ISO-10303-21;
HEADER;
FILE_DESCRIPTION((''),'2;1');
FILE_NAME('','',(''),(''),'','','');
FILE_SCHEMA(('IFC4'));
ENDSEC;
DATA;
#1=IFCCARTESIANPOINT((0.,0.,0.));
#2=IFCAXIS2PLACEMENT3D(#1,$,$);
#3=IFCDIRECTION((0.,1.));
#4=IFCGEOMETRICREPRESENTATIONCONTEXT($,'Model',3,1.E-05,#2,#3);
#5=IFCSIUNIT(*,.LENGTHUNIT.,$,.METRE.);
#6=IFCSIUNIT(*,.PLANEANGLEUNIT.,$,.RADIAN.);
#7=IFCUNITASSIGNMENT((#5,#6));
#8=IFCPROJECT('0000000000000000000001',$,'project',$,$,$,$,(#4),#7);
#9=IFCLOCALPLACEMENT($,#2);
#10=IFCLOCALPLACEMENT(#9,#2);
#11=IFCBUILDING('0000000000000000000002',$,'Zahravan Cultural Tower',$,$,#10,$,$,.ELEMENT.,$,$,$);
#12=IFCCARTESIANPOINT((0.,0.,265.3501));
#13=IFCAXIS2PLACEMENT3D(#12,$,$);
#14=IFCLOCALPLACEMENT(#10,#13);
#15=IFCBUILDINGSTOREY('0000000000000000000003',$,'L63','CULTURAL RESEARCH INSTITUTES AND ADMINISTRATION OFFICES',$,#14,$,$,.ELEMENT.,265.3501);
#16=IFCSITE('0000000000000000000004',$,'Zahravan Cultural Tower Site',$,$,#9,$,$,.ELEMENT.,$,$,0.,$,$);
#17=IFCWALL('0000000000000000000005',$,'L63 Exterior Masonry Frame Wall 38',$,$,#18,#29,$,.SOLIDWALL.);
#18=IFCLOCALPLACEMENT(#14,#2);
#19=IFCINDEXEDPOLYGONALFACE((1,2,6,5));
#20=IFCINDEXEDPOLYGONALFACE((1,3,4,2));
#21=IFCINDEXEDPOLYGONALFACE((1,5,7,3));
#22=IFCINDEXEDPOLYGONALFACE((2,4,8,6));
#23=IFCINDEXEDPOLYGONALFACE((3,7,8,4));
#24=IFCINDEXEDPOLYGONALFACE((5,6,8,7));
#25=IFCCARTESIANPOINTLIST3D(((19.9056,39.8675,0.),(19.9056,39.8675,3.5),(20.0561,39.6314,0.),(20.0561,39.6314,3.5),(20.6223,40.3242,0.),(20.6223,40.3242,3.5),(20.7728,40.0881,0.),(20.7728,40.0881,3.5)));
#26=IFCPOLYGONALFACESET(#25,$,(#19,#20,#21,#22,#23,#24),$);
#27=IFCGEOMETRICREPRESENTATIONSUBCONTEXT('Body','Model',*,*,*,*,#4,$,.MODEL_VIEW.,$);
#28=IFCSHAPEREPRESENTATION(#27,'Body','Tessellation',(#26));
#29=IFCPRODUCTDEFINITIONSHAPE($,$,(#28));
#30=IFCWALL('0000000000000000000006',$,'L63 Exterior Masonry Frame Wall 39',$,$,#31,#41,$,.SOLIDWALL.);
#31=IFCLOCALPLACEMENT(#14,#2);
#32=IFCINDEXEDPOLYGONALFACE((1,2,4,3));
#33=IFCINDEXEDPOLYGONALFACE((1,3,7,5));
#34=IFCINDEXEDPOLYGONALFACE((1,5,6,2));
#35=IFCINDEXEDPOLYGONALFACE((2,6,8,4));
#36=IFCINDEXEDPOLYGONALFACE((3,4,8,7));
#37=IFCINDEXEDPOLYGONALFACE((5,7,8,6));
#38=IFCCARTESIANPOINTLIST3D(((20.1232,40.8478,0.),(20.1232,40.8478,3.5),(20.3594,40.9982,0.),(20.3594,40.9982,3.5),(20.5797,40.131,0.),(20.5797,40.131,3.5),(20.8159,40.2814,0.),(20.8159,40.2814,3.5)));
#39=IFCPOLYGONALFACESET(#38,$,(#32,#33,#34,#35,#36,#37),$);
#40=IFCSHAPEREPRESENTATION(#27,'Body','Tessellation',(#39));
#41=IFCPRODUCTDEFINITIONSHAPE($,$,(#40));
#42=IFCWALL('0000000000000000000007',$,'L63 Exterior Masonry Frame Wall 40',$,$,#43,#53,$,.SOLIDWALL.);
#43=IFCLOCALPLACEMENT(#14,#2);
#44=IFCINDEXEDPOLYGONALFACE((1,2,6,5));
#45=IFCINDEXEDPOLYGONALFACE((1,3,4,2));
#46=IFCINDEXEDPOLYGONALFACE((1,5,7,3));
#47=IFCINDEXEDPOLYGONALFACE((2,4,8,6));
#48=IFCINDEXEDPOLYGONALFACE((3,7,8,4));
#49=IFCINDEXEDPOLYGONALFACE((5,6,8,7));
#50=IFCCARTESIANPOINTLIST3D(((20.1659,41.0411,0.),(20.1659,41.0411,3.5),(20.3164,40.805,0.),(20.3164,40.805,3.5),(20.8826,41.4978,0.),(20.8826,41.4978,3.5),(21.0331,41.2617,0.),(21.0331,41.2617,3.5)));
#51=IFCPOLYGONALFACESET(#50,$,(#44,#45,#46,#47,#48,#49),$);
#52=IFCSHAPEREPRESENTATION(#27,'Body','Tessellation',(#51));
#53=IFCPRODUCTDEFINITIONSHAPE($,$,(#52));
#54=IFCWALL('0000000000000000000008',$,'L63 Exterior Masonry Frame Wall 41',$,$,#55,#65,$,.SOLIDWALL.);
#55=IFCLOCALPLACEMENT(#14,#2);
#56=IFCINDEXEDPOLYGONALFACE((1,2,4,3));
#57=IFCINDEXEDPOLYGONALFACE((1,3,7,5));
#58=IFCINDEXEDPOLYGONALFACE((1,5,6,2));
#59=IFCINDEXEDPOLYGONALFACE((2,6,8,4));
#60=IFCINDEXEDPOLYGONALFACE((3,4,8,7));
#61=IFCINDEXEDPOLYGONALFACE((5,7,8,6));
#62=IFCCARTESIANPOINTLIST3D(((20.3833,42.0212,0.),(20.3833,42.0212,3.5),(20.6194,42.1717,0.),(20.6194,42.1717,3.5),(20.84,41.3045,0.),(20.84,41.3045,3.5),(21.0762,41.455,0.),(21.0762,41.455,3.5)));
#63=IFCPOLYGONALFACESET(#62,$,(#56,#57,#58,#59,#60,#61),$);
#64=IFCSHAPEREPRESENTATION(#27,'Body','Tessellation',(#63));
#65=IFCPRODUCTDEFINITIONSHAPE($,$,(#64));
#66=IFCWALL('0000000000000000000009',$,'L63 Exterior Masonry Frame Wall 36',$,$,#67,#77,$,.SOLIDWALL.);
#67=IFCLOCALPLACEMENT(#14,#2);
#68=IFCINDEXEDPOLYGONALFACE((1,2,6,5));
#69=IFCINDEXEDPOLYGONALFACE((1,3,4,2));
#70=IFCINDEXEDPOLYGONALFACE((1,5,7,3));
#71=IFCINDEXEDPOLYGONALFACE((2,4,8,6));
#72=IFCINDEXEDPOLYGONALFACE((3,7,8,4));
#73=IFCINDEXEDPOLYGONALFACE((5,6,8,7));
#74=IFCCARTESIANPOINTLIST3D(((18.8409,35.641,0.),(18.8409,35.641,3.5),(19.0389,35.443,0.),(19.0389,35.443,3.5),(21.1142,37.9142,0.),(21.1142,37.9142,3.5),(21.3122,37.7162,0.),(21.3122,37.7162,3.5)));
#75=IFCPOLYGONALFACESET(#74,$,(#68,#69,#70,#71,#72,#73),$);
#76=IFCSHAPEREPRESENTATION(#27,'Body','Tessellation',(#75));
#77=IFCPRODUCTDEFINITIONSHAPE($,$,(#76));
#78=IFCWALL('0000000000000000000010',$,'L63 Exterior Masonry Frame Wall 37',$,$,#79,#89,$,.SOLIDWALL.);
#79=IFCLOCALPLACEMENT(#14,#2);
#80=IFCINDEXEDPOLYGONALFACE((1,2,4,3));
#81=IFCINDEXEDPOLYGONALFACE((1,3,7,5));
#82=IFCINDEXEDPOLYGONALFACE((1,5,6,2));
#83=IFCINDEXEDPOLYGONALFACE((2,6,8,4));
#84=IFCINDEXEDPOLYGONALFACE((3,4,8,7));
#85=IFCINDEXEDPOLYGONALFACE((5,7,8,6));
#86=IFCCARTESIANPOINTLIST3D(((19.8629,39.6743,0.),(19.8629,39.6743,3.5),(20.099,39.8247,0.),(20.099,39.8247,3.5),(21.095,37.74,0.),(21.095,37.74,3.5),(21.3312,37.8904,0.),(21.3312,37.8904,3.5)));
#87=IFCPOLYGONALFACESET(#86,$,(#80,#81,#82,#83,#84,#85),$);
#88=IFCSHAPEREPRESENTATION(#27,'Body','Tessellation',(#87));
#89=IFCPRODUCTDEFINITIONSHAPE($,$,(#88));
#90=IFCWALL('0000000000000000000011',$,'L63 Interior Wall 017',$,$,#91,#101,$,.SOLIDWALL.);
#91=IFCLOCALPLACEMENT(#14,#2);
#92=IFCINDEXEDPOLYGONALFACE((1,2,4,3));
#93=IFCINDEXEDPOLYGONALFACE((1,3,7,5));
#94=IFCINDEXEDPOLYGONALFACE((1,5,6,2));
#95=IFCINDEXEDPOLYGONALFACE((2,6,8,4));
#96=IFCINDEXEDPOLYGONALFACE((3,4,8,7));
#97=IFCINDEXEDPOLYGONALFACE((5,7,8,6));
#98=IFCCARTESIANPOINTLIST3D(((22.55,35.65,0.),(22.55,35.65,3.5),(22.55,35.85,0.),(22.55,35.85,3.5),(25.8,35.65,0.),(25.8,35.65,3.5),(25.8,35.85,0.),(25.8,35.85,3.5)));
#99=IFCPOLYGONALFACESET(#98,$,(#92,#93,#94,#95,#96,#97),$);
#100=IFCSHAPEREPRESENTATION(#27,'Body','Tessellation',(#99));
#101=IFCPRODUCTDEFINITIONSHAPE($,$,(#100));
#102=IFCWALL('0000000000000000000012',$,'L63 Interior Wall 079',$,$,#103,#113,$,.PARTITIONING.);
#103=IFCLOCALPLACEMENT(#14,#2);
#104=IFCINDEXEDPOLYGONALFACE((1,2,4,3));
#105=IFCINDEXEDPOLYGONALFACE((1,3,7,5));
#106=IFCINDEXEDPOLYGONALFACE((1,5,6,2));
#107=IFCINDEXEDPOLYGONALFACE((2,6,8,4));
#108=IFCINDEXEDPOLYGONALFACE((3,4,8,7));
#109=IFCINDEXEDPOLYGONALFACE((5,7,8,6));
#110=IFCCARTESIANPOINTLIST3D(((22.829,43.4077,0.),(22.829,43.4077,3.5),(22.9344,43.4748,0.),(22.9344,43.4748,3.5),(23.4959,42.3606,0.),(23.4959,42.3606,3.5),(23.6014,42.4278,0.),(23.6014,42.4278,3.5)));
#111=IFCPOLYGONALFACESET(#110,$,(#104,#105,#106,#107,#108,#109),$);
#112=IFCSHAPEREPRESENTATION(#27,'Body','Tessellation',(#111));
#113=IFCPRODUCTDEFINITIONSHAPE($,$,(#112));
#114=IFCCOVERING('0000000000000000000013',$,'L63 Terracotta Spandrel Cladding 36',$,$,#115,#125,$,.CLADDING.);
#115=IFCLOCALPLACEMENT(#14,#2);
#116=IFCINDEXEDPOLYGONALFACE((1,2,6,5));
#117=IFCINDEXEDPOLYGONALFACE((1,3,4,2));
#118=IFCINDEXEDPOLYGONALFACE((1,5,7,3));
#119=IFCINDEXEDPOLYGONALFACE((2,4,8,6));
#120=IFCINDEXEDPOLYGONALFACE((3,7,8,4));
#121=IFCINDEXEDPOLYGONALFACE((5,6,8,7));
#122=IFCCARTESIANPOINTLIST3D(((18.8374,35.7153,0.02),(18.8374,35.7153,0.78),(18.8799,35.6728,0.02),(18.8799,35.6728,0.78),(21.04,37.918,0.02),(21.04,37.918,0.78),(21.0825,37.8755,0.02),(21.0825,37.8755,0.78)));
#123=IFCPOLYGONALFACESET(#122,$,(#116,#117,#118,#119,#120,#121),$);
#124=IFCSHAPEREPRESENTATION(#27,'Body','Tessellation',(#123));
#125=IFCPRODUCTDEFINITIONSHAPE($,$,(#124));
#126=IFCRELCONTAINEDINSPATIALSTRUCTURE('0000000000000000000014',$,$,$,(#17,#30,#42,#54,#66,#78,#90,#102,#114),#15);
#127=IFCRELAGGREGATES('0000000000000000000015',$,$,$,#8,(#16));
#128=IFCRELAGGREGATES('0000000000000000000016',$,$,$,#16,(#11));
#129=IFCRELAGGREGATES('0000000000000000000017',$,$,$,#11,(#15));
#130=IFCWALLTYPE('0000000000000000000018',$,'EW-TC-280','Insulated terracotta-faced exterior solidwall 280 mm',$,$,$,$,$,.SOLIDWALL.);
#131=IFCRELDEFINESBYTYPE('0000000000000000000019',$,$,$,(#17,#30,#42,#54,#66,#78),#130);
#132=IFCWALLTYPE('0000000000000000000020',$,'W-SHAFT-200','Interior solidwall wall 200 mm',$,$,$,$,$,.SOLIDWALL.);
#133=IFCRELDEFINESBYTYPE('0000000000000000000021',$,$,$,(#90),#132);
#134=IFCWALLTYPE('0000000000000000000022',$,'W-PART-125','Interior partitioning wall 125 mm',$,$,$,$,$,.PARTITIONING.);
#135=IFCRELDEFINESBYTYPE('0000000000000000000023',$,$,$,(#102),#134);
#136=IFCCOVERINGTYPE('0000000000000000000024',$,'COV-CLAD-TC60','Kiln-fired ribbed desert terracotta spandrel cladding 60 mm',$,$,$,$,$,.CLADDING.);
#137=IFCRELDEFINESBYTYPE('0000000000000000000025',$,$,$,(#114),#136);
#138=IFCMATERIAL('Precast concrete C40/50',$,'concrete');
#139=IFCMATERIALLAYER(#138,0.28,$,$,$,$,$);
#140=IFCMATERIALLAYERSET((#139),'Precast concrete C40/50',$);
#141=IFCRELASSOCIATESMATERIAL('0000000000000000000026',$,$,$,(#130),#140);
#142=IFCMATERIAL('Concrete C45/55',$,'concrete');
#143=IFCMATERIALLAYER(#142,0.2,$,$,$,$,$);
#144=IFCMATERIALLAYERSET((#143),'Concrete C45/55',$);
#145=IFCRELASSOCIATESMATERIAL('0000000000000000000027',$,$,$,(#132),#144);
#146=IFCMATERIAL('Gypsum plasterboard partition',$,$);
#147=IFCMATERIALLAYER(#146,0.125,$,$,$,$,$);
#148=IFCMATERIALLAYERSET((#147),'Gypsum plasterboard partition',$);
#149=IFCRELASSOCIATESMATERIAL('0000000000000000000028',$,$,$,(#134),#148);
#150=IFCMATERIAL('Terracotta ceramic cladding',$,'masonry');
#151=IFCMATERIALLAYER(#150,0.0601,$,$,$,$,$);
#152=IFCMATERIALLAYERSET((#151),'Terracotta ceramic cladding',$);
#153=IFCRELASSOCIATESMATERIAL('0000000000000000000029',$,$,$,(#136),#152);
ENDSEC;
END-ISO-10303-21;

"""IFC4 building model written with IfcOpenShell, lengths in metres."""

from ifc_helpers import new_model, si_unit, direction, frame, frame_2d, origin, origin_2d, place, context, subcontext, project, spatial, rectangle, extrude, source, transform, mapped, material, layer, layer_set, type_object, element, save


model = new_model("IFC4")

# Units and contexts
model_context = context("Model", 3, precision=1e-05, world=origin(), true_north=direction((0.0, 1.0)))
body_context = subcontext(model_context, "Body", "Model", "MODEL_VIEW")
ifc_project = project(units=[si_unit("LENGTHUNIT", "METRE"), si_unit("PLANEANGLEUNIT", "RADIAN")], contexts=[model_context])

# Site, building, storey
site_placement = place(None, origin())
site = spatial("IfcSite", under=ifc_project, at=site_placement, Name="Zahravan Cultural Tower Site", CompositionType="ELEMENT", RefElevation=0.0)
building_placement = place(site_placement, origin())
building = spatial("IfcBuilding", under=site, at=building_placement, Name="Zahravan Cultural Tower", CompositionType="ELEMENT")
storey_placement = place(building_placement, frame((0.0, 0.0, 265.3501)))
storey = spatial("IfcBuildingStorey", under=building, at=storey_placement, Name="L63", Description="CULTURAL RESEARCH INSTITUTES AND ADMINISTRATION OFFICES", CompositionType="ELEMENT", Elevation=265.3501)

# Shared definitions
ifc_material_1 = material(Name="Precast concrete C40/50", Category="concrete")
ifc_layer_1 = layer(ifc_material_1, 0.28)
ifc_layer_set_1 = layer_set([ifc_layer_1], Name="Precast concrete C40/50")
wall_type_1 = type_object("IfcWallType", Name="EW-TC-280", Description="Insulated terracotta-faced exterior solidwall 280 mm", PredefinedType="SOLIDWALL", material=ifc_layer_set_1)

# Walls
shared_shape_1 = source(origin(), body_context, "Body", "SweptSolid", [
    extrude(rectangle(XDim=0.8499, YDim=0.28, at=frame_2d((0.4248, 0.0))), origin(), (0.0, 0.0, 1.0), 3.5),
])
for number, where, z_axis, x_axis, name in (
    (1, (19.981, 39.7495, 0.0), (0.0, 0.0, 1.0), (0.843318, 0.537414, 0.0), "L63 Exterior Masonry Frame Wall 38"),
    (2, (20.6978, 40.2063, 0.0), (0.0, 0.0, 1.0), (-0.53721, 0.843448, 0.0), "L63 Exterior Masonry Frame Wall 39"),
    (3, (20.2412, 40.9231, 0.0), (0.0, 0.0, 1.0), (0.843318, 0.537414, 0.0), "L63 Exterior Masonry Frame Wall 40"),
    (4, (20.958, 41.3799, 0.0), (0.0, 0.0, 1.0), (-0.537414, 0.843318, 0.0), "L63 Exterior Masonry Frame Wall 41"),
):
    element("IfcWall", number, at=place(storey_placement, frame(where, z_axis=z_axis, x_axis=x_axis)), inside=storey, type_object=wall_type_1, Name=name, PredefinedType="SOLIDWALL", context=body_context, shape_type="MappedRepresentation", body=[
        mapped(shared_shape_1, transform((0.0, 0.0, 0.0), x_axis=(1.0, 0.0, 0.0), y_axis=(0.0, 1.0, 0.0), z_axis=(0.0, 0.0, 1.0), scale=1.0)),
    ])
shared_shape_2 = source(origin(), body_context, "Body", "SweptSolid", [
    extrude(rectangle(XDim=3.2148, YDim=0.28, at=frame_2d((1.6074, 0.0))), origin(), (0.0, 0.0, 1.0), 3.5),
])
wall_1_placement = place(storey_placement, frame((18.9399, 35.542, 0.0), z_axis=(0.0, 0.0, 1.0), x_axis=(0.707107, 0.707107, 0.0)))
element("IfcWall", 5, at=wall_1_placement, inside=storey, type_object=wall_type_1, Name="L63 Exterior Masonry Frame Wall 36", PredefinedType="SOLIDWALL", context=body_context, shape_type="MappedRepresentation", body=[
    mapped(shared_shape_2, transform((0.0, 0.0, 0.0), x_axis=(1.0, 0.0, 0.0), y_axis=(0.0, 1.0, 0.0), z_axis=(0.0, 0.0, 1.0), scale=1.0)),
])
shared_shape_3 = source(origin(), body_context, "Body", "SweptSolid", [
    extrude(rectangle(XDim=2.2935, YDim=0.28, at=frame_2d((1.1467, 0.0))), origin(), (0.0, 0.0, 1.0), 3.5),
])
wall_2_placement = place(storey_placement, frame((21.2131, 37.8152, 0.0), z_axis=(0.0, 0.0, 1.0), x_axis=(-0.537261, 0.843416, 0.0)))
element("IfcWall", 6, at=wall_2_placement, inside=storey, type_object=wall_type_1, Name="L63 Exterior Masonry Frame Wall 37", PredefinedType="SOLIDWALL", context=body_context, shape_type="MappedRepresentation", body=[
    mapped(shared_shape_3, transform((0.0, 0.0, 0.0), x_axis=(1.0, 0.0, 0.0), y_axis=(0.0, 1.0, 0.0), z_axis=(0.0, 0.0, 1.0), scale=1.0)),
])
ifc_material_2 = material(Name="Concrete C45/55", Category="concrete")
ifc_layer_2 = layer(ifc_material_2, 0.2)
ifc_layer_set_2 = layer_set([ifc_layer_2], Name="Concrete C45/55")
wall_type_2 = type_object("IfcWallType", Name="W-SHAFT-200", Description="Interior solidwall wall 200 mm", PredefinedType="SOLIDWALL", material=ifc_layer_set_2)
shared_shape_4 = source(origin(), body_context, "Body", "SweptSolid", [
    extrude(rectangle(XDim=3.25, YDim=0.2, at=frame_2d((1.625, 0.0))), origin(), (0.0, 0.0, 1.0), 3.5),
])
wall_3_placement = place(storey_placement, frame((22.55, 35.75, 0.0), z_axis=(0.0, 0.0, 1.0), x_axis=(1.0, 0.0, 0.0)))
element("IfcWall", 7, at=wall_3_placement, inside=storey, type_object=wall_type_2, Name="L63 Interior Wall 017", PredefinedType="SOLIDWALL", context=body_context, shape_type="MappedRepresentation", body=[
    mapped(shared_shape_4, transform((0.0, 0.0, 0.0), x_axis=(1.0, 0.0, 0.0), y_axis=(0.0, 1.0, 0.0), z_axis=(0.0, 0.0, 1.0), scale=1.0)),
])
ifc_material_3 = material(Name="Gypsum plasterboard partition")
ifc_layer_3 = layer(ifc_material_3, 0.125)
ifc_layer_set_3 = layer_set([ifc_layer_3], Name="Gypsum plasterboard partition")
wall_type_3 = type_object("IfcWallType", Name="W-PART-125", Description="Interior partitioning wall 125 mm", PredefinedType="PARTITIONING", material=ifc_layer_set_3)
shared_shape_5 = source(origin(), body_context, "Body", "SweptSolid", [
    extrude(rectangle(XDim=1.2415, YDim=0.125, at=frame_2d((0.6206, 0.0))), origin(), (0.0, 0.0, 1.0), 3.5),
])
wall_4_placement = place(storey_placement, frame((23.5486, 42.3943, 0.0), z_axis=(0.0, 0.0, 1.0), x_axis=(-0.537244, 0.843427, 0.0)))
element("IfcWall", 8, at=wall_4_placement, inside=storey, type_object=wall_type_3, Name="L63 Interior Wall 079", PredefinedType="PARTITIONING", context=body_context, shape_type="MappedRepresentation", body=[
    mapped(shared_shape_5, transform((0.0, 0.0, 0.0), x_axis=(1.0, 0.0, 0.0), y_axis=(0.0, 1.0, 0.0), z_axis=(0.0, 0.0, 1.0), scale=1.0)),
])

# Covering
ifc_material_4 = material(Name="Terracotta ceramic cladding", Category="masonry")
ifc_layer_4 = layer(ifc_material_4, 0.0601)
ifc_layer_set_4 = layer_set([ifc_layer_4], Name="Terracotta ceramic cladding")
covering_type = type_object("IfcCoveringType", Name="COV-CLAD-TC60", Description="Kiln-fired ribbed desert terracotta spandrel cladding 60 mm", PredefinedType="CLADDING", material=ifc_layer_set_4)
shared_shape_6 = source(origin(), body_context, "Body", "SweptSolid", [
    extrude(rectangle(XDim=3.115, YDim=0.0601, at=origin_2d()), origin(), (0.0, 0.0, 1.0), 0.76),
])
covering_placement = place(storey_placement, frame((19.96, 36.7954, 0.02), z_axis=(0.0, 0.0, 1.0), x_axis=(0.707094, 0.707119, 0.0)))
element("IfcCovering", 9, at=covering_placement, inside=storey, type_object=covering_type, Name="L63 Terracotta Spandrel Cladding 36", PredefinedType="CLADDING", context=body_context, shape_type="MappedRepresentation", body=[
    mapped(shared_shape_6, transform((0.0, 0.0, 0.0), x_axis=(1.0, 0.0, 0.0), y_axis=(0.0, 1.0, 0.0), z_axis=(0.0, 0.0, 1.0), scale=1.0)),
])

save(model, "model.ifc")
